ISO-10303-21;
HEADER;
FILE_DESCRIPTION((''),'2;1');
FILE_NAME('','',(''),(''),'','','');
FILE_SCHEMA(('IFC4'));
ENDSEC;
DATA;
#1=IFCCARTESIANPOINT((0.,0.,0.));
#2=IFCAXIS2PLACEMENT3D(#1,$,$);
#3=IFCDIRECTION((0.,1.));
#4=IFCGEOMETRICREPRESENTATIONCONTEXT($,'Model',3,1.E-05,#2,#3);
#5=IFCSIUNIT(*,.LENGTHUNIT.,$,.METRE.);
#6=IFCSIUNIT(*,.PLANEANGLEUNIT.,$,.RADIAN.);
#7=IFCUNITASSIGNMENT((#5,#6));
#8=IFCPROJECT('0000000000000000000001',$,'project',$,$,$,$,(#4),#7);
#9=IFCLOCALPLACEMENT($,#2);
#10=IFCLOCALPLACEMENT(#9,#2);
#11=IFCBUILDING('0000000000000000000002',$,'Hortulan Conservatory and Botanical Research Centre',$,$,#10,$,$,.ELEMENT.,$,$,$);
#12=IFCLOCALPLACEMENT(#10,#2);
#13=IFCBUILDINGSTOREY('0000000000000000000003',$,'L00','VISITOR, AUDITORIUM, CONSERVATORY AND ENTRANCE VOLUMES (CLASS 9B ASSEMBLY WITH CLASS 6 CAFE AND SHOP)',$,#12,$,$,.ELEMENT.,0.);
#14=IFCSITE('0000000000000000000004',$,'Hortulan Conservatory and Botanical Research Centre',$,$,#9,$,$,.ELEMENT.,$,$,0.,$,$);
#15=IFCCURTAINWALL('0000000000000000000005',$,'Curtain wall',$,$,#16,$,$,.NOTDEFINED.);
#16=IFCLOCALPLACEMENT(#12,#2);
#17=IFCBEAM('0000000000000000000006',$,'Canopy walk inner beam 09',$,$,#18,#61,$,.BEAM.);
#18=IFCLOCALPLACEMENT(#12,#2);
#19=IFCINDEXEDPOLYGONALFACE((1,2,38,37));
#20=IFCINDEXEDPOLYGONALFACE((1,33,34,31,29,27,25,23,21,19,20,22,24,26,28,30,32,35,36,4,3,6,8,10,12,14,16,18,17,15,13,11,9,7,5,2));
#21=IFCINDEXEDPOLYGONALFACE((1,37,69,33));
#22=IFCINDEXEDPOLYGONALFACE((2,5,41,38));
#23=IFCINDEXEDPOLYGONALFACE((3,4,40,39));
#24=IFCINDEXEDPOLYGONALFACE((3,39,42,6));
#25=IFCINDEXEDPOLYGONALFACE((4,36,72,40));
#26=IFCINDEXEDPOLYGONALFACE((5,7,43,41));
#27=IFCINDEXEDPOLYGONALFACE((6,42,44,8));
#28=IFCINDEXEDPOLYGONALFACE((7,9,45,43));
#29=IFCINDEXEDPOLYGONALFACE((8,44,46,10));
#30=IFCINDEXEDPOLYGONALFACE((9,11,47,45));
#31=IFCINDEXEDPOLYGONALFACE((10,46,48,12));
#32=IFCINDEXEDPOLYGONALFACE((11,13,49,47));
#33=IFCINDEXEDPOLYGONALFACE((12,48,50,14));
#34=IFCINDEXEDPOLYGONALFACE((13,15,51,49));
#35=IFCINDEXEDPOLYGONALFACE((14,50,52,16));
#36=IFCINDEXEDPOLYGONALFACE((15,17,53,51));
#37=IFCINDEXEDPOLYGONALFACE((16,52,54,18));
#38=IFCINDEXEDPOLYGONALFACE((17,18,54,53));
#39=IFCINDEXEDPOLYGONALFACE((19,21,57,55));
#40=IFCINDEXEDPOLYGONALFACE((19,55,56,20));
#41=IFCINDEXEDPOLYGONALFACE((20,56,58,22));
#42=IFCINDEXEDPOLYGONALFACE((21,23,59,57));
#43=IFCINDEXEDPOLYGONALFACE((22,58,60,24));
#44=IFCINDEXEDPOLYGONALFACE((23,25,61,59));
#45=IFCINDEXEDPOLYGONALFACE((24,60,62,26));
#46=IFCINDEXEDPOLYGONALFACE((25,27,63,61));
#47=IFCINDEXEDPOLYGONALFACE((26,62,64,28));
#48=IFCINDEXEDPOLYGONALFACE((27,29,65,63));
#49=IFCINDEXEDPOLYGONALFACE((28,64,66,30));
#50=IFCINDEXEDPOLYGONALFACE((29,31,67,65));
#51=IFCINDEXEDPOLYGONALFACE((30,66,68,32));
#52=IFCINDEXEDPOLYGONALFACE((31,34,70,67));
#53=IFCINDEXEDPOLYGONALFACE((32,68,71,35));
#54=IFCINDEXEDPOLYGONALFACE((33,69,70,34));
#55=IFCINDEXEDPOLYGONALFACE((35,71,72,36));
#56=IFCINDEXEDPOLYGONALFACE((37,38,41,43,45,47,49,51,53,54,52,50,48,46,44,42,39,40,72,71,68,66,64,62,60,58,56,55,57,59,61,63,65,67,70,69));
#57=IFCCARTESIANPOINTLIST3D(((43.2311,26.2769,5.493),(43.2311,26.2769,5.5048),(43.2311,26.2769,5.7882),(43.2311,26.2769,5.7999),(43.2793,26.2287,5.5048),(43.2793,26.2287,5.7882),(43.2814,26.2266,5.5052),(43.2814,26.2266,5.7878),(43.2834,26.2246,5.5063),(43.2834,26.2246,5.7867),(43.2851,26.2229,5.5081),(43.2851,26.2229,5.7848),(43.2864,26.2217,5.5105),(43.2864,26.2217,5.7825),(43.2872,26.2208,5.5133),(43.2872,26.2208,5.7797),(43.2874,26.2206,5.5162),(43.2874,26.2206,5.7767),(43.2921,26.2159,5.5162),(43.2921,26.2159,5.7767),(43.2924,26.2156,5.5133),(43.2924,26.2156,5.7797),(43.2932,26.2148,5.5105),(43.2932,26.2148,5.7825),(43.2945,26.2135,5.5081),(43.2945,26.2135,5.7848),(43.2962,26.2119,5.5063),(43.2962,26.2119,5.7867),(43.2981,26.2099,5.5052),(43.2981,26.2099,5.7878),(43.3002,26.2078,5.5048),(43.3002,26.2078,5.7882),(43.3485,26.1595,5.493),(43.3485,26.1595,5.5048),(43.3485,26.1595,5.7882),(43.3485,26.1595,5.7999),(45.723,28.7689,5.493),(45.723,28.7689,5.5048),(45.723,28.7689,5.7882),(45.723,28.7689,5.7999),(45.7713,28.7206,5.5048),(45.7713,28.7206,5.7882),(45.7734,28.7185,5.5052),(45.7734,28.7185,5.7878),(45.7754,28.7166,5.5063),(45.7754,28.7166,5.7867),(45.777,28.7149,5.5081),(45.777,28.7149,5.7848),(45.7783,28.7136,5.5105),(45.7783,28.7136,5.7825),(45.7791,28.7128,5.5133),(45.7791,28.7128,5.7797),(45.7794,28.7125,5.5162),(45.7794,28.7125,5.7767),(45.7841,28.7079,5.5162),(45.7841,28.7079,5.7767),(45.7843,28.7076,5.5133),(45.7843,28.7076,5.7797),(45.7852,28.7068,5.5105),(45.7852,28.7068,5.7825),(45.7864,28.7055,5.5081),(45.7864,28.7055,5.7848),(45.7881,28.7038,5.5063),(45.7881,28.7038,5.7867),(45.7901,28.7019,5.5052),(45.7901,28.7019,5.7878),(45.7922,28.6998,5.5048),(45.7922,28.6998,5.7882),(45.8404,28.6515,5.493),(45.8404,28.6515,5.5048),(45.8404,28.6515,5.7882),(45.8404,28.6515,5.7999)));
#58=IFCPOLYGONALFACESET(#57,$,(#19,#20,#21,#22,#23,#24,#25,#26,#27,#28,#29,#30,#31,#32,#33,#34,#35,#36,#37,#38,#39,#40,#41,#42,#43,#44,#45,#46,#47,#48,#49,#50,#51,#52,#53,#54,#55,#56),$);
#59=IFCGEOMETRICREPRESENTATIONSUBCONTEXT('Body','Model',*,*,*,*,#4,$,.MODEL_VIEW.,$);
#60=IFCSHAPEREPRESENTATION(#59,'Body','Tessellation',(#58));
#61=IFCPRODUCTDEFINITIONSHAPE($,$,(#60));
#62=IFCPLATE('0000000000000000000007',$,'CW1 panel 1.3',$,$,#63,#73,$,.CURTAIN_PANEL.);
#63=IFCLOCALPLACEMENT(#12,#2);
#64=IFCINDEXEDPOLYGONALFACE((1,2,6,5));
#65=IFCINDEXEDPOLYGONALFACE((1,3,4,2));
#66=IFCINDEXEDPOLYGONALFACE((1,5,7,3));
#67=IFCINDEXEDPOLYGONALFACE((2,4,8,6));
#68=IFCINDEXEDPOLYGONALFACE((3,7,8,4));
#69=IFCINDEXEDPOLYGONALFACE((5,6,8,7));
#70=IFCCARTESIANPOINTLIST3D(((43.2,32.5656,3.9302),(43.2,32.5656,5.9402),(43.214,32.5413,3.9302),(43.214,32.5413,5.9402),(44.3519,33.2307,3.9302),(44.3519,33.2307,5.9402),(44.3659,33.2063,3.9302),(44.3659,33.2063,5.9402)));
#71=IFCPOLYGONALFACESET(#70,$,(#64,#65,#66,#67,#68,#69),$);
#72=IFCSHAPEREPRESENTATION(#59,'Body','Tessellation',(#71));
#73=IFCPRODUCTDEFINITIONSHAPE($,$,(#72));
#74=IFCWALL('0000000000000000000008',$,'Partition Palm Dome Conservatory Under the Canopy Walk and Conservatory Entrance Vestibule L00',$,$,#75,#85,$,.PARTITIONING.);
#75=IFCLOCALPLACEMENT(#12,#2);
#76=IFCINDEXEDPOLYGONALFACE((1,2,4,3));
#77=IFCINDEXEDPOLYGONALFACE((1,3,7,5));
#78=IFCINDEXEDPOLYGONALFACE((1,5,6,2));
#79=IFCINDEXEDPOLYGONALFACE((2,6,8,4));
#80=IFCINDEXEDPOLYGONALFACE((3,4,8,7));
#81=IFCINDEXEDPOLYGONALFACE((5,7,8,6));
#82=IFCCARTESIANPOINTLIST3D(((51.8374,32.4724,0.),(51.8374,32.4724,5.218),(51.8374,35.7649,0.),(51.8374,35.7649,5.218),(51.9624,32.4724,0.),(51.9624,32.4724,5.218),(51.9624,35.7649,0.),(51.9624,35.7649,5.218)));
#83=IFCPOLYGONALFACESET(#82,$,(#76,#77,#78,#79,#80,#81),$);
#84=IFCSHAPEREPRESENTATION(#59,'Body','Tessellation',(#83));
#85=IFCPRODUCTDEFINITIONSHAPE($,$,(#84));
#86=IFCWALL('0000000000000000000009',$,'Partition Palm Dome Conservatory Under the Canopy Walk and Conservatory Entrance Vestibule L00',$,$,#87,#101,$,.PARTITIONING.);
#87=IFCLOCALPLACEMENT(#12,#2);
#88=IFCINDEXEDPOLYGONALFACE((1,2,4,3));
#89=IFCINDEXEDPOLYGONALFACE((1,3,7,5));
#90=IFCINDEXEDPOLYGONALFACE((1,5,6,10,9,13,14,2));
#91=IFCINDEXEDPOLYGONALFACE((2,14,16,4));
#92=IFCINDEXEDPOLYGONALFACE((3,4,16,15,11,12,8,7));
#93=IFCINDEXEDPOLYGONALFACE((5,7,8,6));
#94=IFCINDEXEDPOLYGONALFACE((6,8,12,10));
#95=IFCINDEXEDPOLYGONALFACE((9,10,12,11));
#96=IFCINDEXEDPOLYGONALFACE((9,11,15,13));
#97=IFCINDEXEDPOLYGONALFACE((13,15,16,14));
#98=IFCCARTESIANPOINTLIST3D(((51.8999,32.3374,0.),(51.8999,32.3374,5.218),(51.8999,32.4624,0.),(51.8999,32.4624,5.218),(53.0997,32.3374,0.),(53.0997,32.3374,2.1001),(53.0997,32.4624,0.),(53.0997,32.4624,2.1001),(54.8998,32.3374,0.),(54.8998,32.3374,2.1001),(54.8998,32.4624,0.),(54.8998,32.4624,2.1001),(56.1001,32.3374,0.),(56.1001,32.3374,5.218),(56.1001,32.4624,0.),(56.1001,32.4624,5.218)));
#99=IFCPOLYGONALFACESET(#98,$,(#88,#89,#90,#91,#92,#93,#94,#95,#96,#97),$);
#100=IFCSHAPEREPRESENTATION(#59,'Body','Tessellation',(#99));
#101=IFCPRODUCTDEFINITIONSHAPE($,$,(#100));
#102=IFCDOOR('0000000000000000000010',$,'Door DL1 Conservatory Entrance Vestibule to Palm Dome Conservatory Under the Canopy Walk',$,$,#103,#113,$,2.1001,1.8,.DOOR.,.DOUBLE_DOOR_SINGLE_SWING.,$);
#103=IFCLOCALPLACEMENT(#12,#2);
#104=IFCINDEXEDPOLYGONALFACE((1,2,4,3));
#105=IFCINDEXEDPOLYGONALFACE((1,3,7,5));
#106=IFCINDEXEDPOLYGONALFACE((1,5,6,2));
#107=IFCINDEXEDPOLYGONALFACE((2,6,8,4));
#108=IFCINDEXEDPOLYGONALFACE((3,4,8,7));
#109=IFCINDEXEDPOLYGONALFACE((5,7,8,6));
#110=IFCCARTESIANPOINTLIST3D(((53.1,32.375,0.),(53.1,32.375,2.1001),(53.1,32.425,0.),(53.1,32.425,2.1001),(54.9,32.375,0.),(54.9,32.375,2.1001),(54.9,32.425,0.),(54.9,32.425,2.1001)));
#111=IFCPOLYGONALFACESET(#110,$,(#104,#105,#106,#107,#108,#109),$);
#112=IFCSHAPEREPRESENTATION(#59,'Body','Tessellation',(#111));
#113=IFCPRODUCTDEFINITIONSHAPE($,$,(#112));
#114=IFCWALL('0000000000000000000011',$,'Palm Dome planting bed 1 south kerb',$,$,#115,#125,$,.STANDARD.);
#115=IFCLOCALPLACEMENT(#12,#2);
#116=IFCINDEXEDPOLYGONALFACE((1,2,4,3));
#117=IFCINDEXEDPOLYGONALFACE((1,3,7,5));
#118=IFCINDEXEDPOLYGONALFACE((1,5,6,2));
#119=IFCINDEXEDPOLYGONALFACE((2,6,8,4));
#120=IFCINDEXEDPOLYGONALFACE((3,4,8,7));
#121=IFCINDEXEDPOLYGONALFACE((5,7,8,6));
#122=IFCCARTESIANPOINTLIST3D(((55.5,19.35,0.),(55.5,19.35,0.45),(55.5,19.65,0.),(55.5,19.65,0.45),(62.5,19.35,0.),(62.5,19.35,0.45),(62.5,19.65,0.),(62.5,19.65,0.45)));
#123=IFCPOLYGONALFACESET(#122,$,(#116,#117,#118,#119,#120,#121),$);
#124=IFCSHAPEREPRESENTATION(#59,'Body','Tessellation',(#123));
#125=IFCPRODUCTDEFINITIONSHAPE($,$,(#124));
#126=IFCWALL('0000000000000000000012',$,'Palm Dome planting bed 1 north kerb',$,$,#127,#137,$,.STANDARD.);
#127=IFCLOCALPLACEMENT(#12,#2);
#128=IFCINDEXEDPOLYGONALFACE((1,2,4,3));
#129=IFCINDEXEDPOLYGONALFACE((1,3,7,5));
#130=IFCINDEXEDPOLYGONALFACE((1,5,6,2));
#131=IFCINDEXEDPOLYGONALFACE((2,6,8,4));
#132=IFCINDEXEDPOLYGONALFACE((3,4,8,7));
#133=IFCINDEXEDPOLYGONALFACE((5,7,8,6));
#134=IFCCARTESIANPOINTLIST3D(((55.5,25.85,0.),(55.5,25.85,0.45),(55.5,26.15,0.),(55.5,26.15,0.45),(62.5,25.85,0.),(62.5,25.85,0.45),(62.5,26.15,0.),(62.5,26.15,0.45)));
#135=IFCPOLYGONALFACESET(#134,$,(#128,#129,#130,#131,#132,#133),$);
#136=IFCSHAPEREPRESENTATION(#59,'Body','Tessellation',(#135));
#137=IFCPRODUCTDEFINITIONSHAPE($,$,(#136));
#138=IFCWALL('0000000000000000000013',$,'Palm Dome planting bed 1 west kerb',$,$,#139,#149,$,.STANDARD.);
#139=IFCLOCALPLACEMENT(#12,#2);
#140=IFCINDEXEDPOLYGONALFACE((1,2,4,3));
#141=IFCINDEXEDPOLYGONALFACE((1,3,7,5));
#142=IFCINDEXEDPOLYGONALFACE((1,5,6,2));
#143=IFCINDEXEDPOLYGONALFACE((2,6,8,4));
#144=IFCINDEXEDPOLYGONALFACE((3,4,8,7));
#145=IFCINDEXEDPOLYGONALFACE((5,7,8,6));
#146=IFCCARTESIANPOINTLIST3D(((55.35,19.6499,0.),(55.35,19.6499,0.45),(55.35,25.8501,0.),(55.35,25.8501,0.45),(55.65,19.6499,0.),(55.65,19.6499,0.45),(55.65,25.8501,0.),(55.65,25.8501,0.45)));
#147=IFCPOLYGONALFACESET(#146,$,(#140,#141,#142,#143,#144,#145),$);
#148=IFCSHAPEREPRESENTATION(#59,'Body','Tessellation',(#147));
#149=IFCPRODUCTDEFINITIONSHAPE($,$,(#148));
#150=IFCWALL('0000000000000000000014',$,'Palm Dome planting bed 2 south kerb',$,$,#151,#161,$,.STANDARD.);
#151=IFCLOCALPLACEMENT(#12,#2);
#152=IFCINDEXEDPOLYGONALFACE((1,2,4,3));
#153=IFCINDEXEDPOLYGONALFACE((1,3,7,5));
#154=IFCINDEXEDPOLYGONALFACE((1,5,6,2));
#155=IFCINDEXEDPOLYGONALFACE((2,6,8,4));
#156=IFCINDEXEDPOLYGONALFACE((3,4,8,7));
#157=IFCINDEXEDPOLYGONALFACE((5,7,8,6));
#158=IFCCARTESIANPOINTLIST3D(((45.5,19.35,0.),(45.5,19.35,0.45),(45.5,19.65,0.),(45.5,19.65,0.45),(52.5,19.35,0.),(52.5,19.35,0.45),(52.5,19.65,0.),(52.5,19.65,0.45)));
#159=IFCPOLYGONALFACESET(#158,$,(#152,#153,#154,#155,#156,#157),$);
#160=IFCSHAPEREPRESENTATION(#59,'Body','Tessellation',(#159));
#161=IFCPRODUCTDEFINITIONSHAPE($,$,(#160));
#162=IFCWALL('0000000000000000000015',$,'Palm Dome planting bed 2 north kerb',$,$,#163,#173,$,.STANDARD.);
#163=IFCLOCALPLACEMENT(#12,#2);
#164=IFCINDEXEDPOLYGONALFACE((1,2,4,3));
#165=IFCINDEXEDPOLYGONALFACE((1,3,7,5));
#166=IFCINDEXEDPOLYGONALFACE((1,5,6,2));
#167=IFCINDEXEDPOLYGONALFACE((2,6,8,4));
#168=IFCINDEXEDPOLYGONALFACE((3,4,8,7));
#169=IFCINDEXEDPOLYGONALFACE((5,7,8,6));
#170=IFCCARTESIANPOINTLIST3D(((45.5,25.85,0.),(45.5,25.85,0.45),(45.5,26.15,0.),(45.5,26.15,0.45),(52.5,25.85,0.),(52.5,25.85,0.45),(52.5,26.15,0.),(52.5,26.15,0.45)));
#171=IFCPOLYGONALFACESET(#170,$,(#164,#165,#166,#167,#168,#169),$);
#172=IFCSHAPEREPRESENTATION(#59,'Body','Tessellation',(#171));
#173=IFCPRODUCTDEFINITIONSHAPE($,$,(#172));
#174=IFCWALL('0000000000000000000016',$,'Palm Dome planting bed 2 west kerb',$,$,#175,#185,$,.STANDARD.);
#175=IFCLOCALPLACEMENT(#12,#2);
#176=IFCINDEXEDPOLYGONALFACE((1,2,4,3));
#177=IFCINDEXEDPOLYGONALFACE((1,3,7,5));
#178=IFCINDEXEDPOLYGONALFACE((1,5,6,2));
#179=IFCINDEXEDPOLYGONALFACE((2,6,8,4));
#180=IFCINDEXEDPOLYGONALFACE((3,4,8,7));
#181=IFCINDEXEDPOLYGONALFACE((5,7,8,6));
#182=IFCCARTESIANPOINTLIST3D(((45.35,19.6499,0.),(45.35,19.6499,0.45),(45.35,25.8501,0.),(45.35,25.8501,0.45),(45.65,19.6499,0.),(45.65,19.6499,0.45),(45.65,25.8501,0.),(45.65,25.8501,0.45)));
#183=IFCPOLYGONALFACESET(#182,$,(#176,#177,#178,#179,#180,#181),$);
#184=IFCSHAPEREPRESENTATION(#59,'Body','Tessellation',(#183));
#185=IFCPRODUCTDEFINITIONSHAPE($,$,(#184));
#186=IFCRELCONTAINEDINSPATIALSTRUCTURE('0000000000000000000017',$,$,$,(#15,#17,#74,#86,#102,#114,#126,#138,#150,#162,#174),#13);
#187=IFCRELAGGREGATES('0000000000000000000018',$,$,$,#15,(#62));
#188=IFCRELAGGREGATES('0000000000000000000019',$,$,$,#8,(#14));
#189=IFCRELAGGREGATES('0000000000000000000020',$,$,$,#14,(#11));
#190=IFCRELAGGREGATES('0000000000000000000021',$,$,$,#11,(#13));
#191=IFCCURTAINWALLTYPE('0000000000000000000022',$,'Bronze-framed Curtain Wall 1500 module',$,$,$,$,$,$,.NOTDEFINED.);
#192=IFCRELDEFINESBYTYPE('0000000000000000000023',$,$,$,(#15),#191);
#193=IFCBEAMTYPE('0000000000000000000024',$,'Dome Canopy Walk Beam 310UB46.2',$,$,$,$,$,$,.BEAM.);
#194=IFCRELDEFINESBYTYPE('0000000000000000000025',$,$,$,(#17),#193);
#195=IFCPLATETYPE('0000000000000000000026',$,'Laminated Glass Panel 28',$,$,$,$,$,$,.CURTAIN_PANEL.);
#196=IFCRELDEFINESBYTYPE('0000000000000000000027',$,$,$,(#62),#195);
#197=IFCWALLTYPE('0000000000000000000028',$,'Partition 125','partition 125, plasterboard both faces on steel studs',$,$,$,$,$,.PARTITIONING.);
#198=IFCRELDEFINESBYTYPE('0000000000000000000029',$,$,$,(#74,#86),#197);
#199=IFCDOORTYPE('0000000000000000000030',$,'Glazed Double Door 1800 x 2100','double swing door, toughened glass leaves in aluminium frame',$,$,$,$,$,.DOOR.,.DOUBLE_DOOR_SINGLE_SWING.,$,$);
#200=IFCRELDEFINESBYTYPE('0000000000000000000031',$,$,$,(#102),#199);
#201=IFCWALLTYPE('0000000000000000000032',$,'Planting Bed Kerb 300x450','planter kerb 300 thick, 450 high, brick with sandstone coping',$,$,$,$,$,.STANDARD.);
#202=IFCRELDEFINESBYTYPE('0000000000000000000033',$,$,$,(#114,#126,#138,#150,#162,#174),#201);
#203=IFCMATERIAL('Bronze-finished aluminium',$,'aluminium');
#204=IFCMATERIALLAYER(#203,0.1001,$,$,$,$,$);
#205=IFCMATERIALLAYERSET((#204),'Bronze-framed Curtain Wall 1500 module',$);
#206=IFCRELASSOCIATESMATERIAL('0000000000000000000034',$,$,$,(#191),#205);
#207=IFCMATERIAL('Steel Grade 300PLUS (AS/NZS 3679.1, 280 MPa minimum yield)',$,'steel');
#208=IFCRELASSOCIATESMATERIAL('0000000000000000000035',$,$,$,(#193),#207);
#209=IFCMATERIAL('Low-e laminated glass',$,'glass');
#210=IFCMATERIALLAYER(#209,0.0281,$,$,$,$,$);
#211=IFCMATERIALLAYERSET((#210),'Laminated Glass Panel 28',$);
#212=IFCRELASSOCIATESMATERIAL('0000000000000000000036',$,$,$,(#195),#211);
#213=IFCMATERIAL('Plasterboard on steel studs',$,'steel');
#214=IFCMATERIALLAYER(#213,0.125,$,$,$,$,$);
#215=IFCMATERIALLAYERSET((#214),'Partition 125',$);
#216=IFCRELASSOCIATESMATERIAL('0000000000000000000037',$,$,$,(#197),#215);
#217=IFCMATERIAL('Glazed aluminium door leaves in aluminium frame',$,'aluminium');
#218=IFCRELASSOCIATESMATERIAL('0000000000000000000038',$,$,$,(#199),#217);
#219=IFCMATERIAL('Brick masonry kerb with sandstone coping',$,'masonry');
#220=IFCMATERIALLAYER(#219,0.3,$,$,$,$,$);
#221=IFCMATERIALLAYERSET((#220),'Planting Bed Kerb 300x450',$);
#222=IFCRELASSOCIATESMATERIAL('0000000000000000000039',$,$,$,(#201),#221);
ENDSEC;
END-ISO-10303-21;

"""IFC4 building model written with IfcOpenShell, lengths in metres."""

from ifc_helpers import new_model, si_unit, direction, frame, frame_2d, origin, origin_2d, place, context, subcontext, project, spatial, rectangle, i_section, extrude, material, layer, layer_set, material_profile, profile_set, type_object, element, fill, aggregate, save


model = new_model("IFC4")

# Units and contexts
model_context = context("Model", 3, precision=1e-05, world=origin(), true_north=direction((0.0, 1.0)))
body_context = subcontext(model_context, "Body", "Model", "MODEL_VIEW")
ifc_project = project(units=[si_unit("LENGTHUNIT", "METRE"), si_unit("PLANEANGLEUNIT", "RADIAN")], contexts=[model_context])

# Site, building, storey
site_placement = place(None, origin())
site = spatial("IfcSite", under=ifc_project, at=site_placement, Name="Hortulan Conservatory and Botanical Research Centre", CompositionType="ELEMENT", RefElevation=0.0)
building_placement = place(site_placement, origin())
building = spatial("IfcBuilding", under=site, at=building_placement, Name="Hortulan Conservatory and Botanical Research Centre", CompositionType="ELEMENT")
storey_placement = place(building_placement, origin())
storey = spatial("IfcBuildingStorey", under=building, at=storey_placement, Name="L00", Description="VISITOR, AUDITORIUM, CONSERVATORY AND ENTRANCE VOLUMES (CLASS 9B ASSEMBLY WITH CLASS 6 CAFE AND SHOP)", CompositionType="ELEMENT", Elevation=0.0)

# Curtain wall
ifc_material_1 = material(Name="Bronze-finished aluminium", Category="aluminium")
ifc_layer_1 = layer(ifc_material_1, 0.1001)
ifc_layer_set_1 = layer_set([ifc_layer_1], Name="Bronze-framed Curtain Wall 1500 module")
curtain_wall_type = type_object("IfcCurtainWallType", Name="Bronze-framed Curtain Wall 1500 module", PredefinedType="NOTDEFINED", material=ifc_layer_set_1)
curtain_wall_placement = place(storey_placement, origin())
curtain_wall = element("IfcCurtainWall", 1, at=curtain_wall_placement, inside=storey, type_object=curtain_wall_type, Name="Curtain wall", PredefinedType="NOTDEFINED")

# Beam
ifc_material_2 = material(Name="Steel Grade 300PLUS (AS/NZS 3679.1, 280 MPa minimum yield)", Category="steel")
ifc_material_profile_1 = material_profile(ifc_material_2, i_section(OverallWidth=0.166, OverallDepth=0.3069, WebThickness=0.0066, FlangeThickness=0.0117, FilletRadius=0.0115, at=origin_2d()), Name="310UB46.2")
ifc_profile_set_1 = profile_set([ifc_material_profile_1], Name="Steel Grade 300PLUS (AS/NZS 3679.1, 280 MPa minimum yield)")
beam_type = type_object("IfcBeamType", Name="Dome Canopy Walk Beam 310UB46.2", PredefinedType="BEAM", material=ifc_profile_set_1)
for number, where, z_axis, x_axis, name in (
    (2, (45.7817, 28.7102, 5.6465), (-0.707107, -0.707107, 0.0), (0.707107, -0.707107, 0.0), "Canopy walk inner beam 09"),
):
    element("IfcBeam", number, at=place(storey_placement, frame(where, z_axis=z_axis, x_axis=x_axis)), inside=storey, type_object=beam_type, Name=name, PredefinedType="BEAM", context=body_context, shape_type="SweptSolid", body=[
        extrude(i_section(OverallWidth=0.166, OverallDepth=0.3069, WebThickness=0.0066, FlangeThickness=0.0117, FilletRadius=0.0115, at=origin_2d()), origin(), (0.0, 0.0, 1.0), 3.5242),
    ])

# Plate
ifc_material_3 = material(Name="Low-e laminated glass", Category="glass")
ifc_layer_2 = layer(ifc_material_3, 0.0281)
ifc_layer_set_2 = layer_set([ifc_layer_2], Name="Laminated Glass Panel 28")
plate_type = type_object("IfcPlateType", Name="Laminated Glass Panel 28", PredefinedType="CURTAIN_PANEL", material=ifc_layer_set_2)
plate_placement = place(storey_placement, frame((43.783, 32.886, 3.9302), z_axis=(0.0, 0.0, 1.0), x_axis=(0.866036, 0.499981, 0.0)))
plate = element("IfcPlate", 3, at=plate_placement, type_object=plate_type, Name="CW1 panel 1.3", PredefinedType="CURTAIN_PANEL", context=body_context, shape_type="SweptSolid", body=[
    extrude(rectangle(XDim=1.3301, YDim=0.0281, at=origin_2d()), origin(), (0.0, 0.0, 1.0), 2.01),
])
aggregate(curtain_wall, [plate])

# Wall
ifc_material_4 = material(Name="Plasterboard on steel studs", Category="steel")
ifc_layer_3 = layer(ifc_material_4, 0.125)
ifc_layer_set_3 = layer_set([ifc_layer_3], Name="Partition 125")
wall_type_1 = type_object("IfcWallType", Name="Partition 125", Description="partition 125, plasterboard both faces on steel studs", PredefinedType="PARTITIONING", material=ifc_layer_set_3)
wall_1_placement = place(storey_placement, frame((51.8999, 32.4724, 0.0), z_axis=(0.0, 0.0, 1.0), x_axis=(0.0, 1.0, 0.0)))
element("IfcWall", 4, at=wall_1_placement, inside=storey, type_object=wall_type_1, Name="Partition Palm Dome Conservatory Under the Canopy Walk and Conservatory Entrance Vestibule L00", PredefinedType="PARTITIONING", context=body_context, shape_type="SweptSolid", body=[
    extrude(rectangle(XDim=3.2925, YDim=0.125, at=frame_2d((1.6462, 0.0))), origin(), (0.0, 0.0, 1.0), 5.218),
])

# Wall, opening, door
wall_2_placement = place(storey_placement, frame((51.8999, 32.3999, 0.0), z_axis=(0.0, 0.0, 1.0), x_axis=(1.0, 0.0, 0.0)))
wall_2 = element("IfcWall", 5, at=wall_2_placement, inside=storey, type_object=wall_type_1, Name="Partition Palm Dome Conservatory Under the Canopy Walk and Conservatory Entrance Vestibule L00", PredefinedType="PARTITIONING", context=body_context, shape_type="SweptSolid", body=[
    extrude(rectangle(XDim=4.2002, YDim=0.125, at=frame_2d((2.1001, 0.0))), origin(), (0.0, 0.0, 1.0), 5.218),
])
opening_placement = place(wall_2_placement, frame((1.2, 0.0, 0.0)))
opening = element("IfcOpeningElement", 6, at=opening_placement, cuts=wall_2, PredefinedType="OPENING", context=body_context, shape_type="SweptSolid", body=[
    extrude(rectangle(XDim=1.8, YDim=2.1001, at=frame_2d((0.8999, 1.05))), frame((0.0, 0.0725, 0.0), z_axis=(0.0, -1.0, 0.0), x_axis=(1.0, 0.0, 0.0)), (0.0, 0.0, 1.0), 0.145),
])
ifc_material_5 = material(Name="Glazed aluminium door leaves in aluminium frame", Category="aluminium")
door_type = type_object("IfcDoorType", Name="Glazed Double Door 1800 x 2100", Description="double swing door, toughened glass leaves in aluminium frame", OperationType="DOUBLE_DOOR_SINGLE_SWING", PredefinedType="DOOR", material=ifc_material_5)
door_placement = place(opening_placement, frame((1.8, 0.0, 0.0), z_axis=(0.0, 0.0, 1.0), x_axis=(-1.0, 0.0, 0.0)))
door = element("IfcDoor", 7, at=door_placement, inside=storey, type_object=door_type, Name="Door DL1 Conservatory Entrance Vestibule to Palm Dome Conservatory Under the Canopy Walk", OperationType="DOUBLE_DOOR_SINGLE_SWING", OverallHeight=2.1001, OverallWidth=1.8, PredefinedType="DOOR", context=body_context, shape_type="SweptSolid", body=[
    extrude(rectangle(XDim=1.8, YDim=2.1001, at=frame_2d((0.8999, 1.05))), frame((0.0, 0.0249, 0.0), z_axis=(0.0, -1.0, 0.0), x_axis=(1.0, 0.0, 0.0)), (0.0, 0.0, 1.0), 0.05),
])
fill(opening, door)

# Walls
ifc_material_6 = material(Name="Brick masonry kerb with sandstone coping", Category="masonry")
ifc_layer_4 = layer(ifc_material_6, 0.3)
ifc_layer_set_4 = layer_set([ifc_layer_4], Name="Planting Bed Kerb 300x450")
wall_type_2 = type_object("IfcWallType", Name="Planting Bed Kerb 300x450", Description="planter kerb 300 thick, 450 high, brick with sandstone coping", PredefinedType="STANDARD", material=ifc_layer_set_4)
for number, where, z_axis, x_axis, name in (
    (8, (55.5, 19.5, 0.0), (0.0, 0.0, 1.0), (1.0, 0.0, 0.0), "Palm Dome planting bed 1 south kerb"),
    (9, (55.5, 26.0, 0.0), (0.0, 0.0, 1.0), (1.0, 0.0, 0.0), "Palm Dome planting bed 1 north kerb"),
):
    element("IfcWall", number, at=place(storey_placement, frame(where, z_axis=z_axis, x_axis=x_axis)), inside=storey, type_object=wall_type_2, Name=name, PredefinedType="STANDARD", context=body_context, shape_type="SweptSolid", body=[
        extrude(rectangle(XDim=7.0, YDim=0.3, at=frame_2d((3.5, 0.0))), origin(), (0.0, 0.0, 1.0), 0.45),
    ])
wall_3_placement = place(storey_placement, frame((55.5, 19.6499, 0.0), z_axis=(0.0, 0.0, 1.0), x_axis=(0.0, 1.0, 0.0)))
element("IfcWall", 10, at=wall_3_placement, inside=storey, type_object=wall_type_2, Name="Palm Dome planting bed 1 west kerb", PredefinedType="STANDARD", context=body_context, shape_type="SweptSolid", body=[
    extrude(rectangle(XDim=6.2002, YDim=0.3, at=frame_2d((3.1001, 0.0))), origin(), (0.0, 0.0, 1.0), 0.45),
])
for number, where, z_axis, x_axis, name in (
    (11, (45.5, 19.5, 0.0), (0.0, 0.0, 1.0), (1.0, 0.0, 0.0), "Palm Dome planting bed 2 south kerb"),
    (12, (45.5, 26.0, 0.0), (0.0, 0.0, 1.0), (1.0, 0.0, 0.0), "Palm Dome planting bed 2 north kerb"),
):
    element("IfcWall", number, at=place(storey_placement, frame(where, z_axis=z_axis, x_axis=x_axis)), inside=storey, type_object=wall_type_2, Name=name, PredefinedType="STANDARD", context=body_context, shape_type="SweptSolid", body=[
        extrude(rectangle(XDim=7.0, YDim=0.3, at=frame_2d((3.5, 0.0))), origin(), (0.0, 0.0, 1.0), 0.45),
    ])
for number, where, z_axis, x_axis, name in (
    (13, (45.5, 19.6499, 0.0), (0.0, 0.0, 1.0), (0.0, 1.0, 0.0), "Palm Dome planting bed 2 west kerb"),
):
    element("IfcWall", number, at=place(storey_placement, frame(where, z_axis=z_axis, x_axis=x_axis)), inside=storey, type_object=wall_type_2, Name=name, PredefinedType="STANDARD", context=body_context, shape_type="SweptSolid", body=[
        extrude(rectangle(XDim=6.2002, YDim=0.3, at=frame_2d((3.1001, 0.0))), origin(), (0.0, 0.0, 1.0), 0.45),
    ])

save(model, "model.ifc")
